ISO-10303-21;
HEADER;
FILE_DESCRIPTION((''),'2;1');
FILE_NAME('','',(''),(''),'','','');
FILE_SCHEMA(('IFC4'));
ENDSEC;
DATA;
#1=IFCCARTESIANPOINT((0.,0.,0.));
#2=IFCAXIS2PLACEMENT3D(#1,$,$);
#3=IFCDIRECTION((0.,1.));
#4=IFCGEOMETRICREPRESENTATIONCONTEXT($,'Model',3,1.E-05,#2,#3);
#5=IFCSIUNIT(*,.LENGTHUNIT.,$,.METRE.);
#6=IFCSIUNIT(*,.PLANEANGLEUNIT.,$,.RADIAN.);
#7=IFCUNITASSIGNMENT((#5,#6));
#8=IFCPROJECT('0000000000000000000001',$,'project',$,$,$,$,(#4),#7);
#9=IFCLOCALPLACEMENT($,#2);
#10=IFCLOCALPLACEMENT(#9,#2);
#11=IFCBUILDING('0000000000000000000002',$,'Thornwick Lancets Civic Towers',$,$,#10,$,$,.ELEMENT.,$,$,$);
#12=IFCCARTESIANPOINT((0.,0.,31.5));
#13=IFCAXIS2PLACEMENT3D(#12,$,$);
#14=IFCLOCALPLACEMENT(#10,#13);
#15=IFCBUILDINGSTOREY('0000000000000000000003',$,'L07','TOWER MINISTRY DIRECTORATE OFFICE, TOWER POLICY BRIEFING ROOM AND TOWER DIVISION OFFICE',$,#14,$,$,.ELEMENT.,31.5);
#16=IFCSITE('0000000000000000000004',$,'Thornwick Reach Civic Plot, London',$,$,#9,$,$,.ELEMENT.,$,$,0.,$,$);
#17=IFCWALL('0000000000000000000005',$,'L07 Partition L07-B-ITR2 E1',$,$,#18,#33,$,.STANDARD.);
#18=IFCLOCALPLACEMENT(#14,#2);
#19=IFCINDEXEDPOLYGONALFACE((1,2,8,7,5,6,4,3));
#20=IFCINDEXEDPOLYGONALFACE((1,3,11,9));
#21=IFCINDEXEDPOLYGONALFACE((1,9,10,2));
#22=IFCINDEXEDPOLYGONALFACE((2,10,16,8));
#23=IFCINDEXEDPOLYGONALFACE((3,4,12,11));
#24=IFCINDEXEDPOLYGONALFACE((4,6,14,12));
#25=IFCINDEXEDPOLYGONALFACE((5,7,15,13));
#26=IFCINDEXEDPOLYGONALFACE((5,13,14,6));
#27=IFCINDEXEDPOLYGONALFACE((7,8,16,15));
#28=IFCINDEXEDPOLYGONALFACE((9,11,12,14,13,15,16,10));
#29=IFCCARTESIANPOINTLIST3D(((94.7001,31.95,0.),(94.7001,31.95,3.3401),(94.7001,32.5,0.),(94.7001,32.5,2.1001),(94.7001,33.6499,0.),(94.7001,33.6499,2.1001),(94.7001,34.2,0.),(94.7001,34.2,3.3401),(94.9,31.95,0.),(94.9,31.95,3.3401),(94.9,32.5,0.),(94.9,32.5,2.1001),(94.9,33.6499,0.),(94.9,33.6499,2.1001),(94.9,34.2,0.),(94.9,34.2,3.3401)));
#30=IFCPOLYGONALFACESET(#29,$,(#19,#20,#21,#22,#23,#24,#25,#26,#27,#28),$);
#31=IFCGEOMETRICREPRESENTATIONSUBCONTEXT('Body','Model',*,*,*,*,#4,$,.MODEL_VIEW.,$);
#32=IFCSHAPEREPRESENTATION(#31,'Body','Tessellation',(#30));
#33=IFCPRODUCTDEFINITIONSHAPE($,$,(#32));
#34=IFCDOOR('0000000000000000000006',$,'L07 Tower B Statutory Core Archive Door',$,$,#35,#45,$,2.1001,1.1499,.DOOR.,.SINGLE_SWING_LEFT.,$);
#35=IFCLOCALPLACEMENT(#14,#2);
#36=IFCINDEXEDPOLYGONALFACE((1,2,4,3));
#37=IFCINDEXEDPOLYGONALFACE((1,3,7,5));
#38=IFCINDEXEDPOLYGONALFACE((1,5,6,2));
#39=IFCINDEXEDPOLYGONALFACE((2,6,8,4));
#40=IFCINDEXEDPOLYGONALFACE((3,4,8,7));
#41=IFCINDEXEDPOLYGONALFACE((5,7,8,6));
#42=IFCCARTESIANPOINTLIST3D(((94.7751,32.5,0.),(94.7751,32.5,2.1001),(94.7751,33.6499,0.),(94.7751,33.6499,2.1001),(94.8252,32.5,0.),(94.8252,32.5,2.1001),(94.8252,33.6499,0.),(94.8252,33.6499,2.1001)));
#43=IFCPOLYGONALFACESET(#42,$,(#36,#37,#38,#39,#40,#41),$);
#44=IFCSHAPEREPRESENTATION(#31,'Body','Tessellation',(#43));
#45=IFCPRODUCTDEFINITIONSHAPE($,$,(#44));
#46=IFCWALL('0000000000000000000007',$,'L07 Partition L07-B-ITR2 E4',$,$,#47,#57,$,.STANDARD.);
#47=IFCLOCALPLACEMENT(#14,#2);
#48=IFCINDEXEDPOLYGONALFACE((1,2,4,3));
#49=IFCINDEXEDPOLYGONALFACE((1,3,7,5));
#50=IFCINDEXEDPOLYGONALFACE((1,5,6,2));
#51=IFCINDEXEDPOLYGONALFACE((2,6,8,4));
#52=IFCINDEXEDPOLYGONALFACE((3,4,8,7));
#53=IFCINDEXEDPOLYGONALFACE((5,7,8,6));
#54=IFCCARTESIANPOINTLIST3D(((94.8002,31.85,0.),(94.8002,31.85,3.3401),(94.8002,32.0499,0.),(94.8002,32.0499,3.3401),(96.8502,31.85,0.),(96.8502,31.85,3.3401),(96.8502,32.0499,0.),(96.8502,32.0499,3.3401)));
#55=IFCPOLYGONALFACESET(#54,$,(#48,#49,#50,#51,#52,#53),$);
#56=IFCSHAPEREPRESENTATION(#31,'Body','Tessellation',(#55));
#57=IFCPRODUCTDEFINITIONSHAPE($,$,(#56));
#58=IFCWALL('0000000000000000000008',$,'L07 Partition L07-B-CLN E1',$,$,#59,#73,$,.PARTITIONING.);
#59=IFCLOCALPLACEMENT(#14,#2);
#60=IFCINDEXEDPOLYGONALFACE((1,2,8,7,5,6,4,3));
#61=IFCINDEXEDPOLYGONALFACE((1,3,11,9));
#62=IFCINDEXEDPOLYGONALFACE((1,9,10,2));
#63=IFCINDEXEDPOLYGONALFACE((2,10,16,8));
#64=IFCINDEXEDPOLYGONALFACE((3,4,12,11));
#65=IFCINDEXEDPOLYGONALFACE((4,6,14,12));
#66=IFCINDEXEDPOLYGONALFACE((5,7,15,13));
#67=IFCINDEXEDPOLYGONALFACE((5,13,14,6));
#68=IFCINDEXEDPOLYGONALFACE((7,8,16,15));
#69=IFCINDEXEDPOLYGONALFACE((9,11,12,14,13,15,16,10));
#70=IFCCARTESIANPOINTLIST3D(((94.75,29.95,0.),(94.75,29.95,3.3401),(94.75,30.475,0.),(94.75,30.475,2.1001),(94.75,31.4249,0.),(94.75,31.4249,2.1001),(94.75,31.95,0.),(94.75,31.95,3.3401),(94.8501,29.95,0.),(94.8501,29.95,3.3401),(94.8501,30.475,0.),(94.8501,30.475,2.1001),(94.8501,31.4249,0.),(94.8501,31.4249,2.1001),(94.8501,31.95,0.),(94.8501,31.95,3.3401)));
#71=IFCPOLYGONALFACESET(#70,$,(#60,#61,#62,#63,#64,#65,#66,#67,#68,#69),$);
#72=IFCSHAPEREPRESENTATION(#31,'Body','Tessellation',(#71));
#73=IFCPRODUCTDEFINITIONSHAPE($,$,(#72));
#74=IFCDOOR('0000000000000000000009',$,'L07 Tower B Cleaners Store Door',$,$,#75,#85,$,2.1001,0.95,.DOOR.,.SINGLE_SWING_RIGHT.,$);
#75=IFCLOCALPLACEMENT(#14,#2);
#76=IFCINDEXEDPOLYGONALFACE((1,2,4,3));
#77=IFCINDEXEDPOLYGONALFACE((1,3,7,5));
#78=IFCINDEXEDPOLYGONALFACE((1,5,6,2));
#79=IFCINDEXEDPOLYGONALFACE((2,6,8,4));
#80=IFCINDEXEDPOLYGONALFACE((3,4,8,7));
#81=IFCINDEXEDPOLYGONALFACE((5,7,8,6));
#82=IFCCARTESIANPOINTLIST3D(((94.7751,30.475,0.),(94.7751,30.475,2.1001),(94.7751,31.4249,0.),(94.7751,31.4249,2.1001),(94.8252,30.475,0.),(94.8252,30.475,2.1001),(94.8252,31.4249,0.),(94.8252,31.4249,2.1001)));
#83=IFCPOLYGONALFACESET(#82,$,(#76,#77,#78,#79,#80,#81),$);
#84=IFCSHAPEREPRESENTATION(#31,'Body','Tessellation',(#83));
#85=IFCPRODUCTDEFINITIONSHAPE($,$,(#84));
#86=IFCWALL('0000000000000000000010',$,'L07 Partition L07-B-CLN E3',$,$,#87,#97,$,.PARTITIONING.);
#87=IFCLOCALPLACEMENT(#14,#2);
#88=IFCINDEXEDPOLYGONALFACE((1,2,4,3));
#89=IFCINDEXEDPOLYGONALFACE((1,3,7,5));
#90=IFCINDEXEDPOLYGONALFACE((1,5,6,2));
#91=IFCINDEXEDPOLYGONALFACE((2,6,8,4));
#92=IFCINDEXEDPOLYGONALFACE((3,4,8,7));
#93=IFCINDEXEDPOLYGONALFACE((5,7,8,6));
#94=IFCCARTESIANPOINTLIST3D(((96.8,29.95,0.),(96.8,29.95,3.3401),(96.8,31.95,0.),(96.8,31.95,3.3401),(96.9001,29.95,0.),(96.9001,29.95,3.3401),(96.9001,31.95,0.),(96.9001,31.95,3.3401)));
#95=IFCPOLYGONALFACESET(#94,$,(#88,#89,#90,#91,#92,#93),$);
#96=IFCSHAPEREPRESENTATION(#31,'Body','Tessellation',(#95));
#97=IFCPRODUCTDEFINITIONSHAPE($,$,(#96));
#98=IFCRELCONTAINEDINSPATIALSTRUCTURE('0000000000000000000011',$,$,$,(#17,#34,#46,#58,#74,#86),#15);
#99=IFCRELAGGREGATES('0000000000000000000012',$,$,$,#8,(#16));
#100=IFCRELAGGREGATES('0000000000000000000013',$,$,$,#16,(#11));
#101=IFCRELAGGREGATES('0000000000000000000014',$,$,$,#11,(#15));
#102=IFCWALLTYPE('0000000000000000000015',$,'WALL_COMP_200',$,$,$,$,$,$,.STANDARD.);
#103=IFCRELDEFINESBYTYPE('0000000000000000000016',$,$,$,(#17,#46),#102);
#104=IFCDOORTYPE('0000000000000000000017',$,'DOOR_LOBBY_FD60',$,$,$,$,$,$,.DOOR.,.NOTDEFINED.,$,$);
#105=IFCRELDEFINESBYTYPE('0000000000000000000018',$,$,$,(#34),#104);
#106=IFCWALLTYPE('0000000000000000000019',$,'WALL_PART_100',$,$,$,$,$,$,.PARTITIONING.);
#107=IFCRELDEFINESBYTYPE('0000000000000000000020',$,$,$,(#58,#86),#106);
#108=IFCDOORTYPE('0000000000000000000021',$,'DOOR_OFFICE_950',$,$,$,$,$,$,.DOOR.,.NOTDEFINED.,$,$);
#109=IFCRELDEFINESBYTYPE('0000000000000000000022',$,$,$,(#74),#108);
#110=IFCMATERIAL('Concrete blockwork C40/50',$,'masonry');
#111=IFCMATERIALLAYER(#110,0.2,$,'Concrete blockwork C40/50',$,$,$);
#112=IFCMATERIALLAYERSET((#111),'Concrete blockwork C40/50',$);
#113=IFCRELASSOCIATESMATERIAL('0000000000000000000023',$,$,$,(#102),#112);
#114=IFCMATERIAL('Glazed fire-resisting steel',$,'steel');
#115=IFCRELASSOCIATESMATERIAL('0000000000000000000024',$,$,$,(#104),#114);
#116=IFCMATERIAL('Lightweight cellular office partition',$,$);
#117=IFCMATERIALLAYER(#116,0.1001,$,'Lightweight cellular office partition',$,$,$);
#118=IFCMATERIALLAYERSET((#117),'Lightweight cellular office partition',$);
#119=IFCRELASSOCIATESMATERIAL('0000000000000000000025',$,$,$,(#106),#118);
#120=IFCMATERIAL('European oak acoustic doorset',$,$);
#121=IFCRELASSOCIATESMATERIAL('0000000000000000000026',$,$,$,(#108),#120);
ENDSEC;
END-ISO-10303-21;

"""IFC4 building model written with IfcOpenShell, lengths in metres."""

from ifc_helpers import new_model, si_unit, direction, frame, frame_2d, origin, place, context, subcontext, project, spatial, rectangle, extrude, material, layer, layer_set, type_object, element, fill, save


model = new_model("IFC4")

# Units and contexts
model_context = context("Model", 3, precision=1e-05, world=origin(), true_north=direction((0.0, 1.0)))
body_context = subcontext(model_context, "Body", "Model", "MODEL_VIEW")
ifc_project = project(units=[si_unit("LENGTHUNIT", "METRE"), si_unit("PLANEANGLEUNIT", "RADIAN")], contexts=[model_context])

# Site, building, storey
site_placement = place(None, origin())
site = spatial("IfcSite", under=ifc_project, at=site_placement, Name="Thornwick Reach Civic Plot, London", CompositionType="ELEMENT", RefElevation=0.0)
building_placement = place(site_placement, origin())
building = spatial("IfcBuilding", under=site, at=building_placement, Name="Thornwick Lancets Civic Towers", CompositionType="ELEMENT")
storey_placement = place(building_placement, frame((0.0, 0.0, 31.5)))
storey = spatial("IfcBuildingStorey", under=building, at=storey_placement, Name="L07", Description="TOWER MINISTRY DIRECTORATE OFFICE, TOWER POLICY BRIEFING ROOM AND TOWER DIVISION OFFICE", CompositionType="ELEMENT", Elevation=31.5)

# Shared definitions
ifc_material_1 = material(Name="Concrete blockwork C40/50", Category="masonry")
ifc_layer_1 = layer(ifc_material_1, 0.2, Name="Concrete blockwork C40/50")
ifc_layer_set_1 = layer_set([ifc_layer_1], Name="Concrete blockwork C40/50")
wall_type_1 = type_object("IfcWallType", Name="WALL_COMP_200", PredefinedType="STANDARD", material=ifc_layer_set_1)

# Wall, opening, door
wall_1_placement = place(storey_placement, frame((94.8, 31.95, 0.0), z_axis=(0.0, 0.0, 1.0), x_axis=(0.0, 1.0, 0.0)))
wall_1 = element("IfcWall", 1, at=wall_1_placement, inside=storey, type_object=wall_type_1, Name="L07 Partition L07-B-ITR2 E1", PredefinedType="STANDARD", context=body_context, shape_type="SweptSolid", body=[
    extrude(rectangle(XDim=2.25, YDim=0.2, at=frame_2d((1.125, 0.0))), origin(), (0.0, 0.0, 1.0), 3.3401),
])
opening_1_placement = place(wall_1_placement, frame((0.55, 0.0, 0.0)))
opening_1 = element("IfcOpeningElement", 2, at=opening_1_placement, cuts=wall_1, PredefinedType="OPENING", context=body_context, shape_type="SweptSolid", body=[
    extrude(rectangle(XDim=1.1499, YDim=2.1001, at=frame_2d((0.575, 1.05))), frame((0.0, 0.1099, 0.0), z_axis=(0.0, -1.0, 0.0), x_axis=(1.0, 0.0, 0.0)), (0.0, 0.0, 1.0), 0.22),
])
ifc_material_2 = material(Name="Glazed fire-resisting steel", Category="steel")
door_type_1 = type_object("IfcDoorType", Name="DOOR_LOBBY_FD60", OperationType="NOTDEFINED", PredefinedType="DOOR", material=ifc_material_2)
door_1_placement = place(opening_1_placement, origin())
door_1 = element("IfcDoor", 3, at=door_1_placement, inside=storey, type_object=door_type_1, Name="L07 Tower B Statutory Core Archive Door", OperationType="SINGLE_SWING_LEFT", OverallHeight=2.1001, OverallWidth=1.1499, PredefinedType="DOOR", context=body_context, shape_type="SweptSolid", body=[
    extrude(rectangle(XDim=1.1499, YDim=2.1001, at=frame_2d((0.575, 1.05))), frame((0.0, 0.0249, 0.0), z_axis=(0.0, -1.0, 0.0), x_axis=(1.0, 0.0, 0.0)), (0.0, 0.0, 1.0), 0.05),
])
fill(opening_1, door_1)

# Wall
wall_2_placement = place(storey_placement, frame((96.8501, 31.95, 0.0), z_axis=(0.0, 0.0, 1.0), x_axis=(-1.0, 0.0, 0.0)))
element("IfcWall", 4, at=wall_2_placement, inside=storey, type_object=wall_type_1, Name="L07 Partition L07-B-ITR2 E4", PredefinedType="STANDARD", context=body_context, shape_type="SweptSolid", body=[
    extrude(rectangle(XDim=2.05, YDim=0.2, at=frame_2d((1.0249, 0.0))), origin(), (0.0, 0.0, 1.0), 3.3401),
])

# Wall, opening, door
ifc_material_3 = material(Name="Lightweight cellular office partition")
ifc_layer_2 = layer(ifc_material_3, 0.1001, Name="Lightweight cellular office partition")
ifc_layer_set_2 = layer_set([ifc_layer_2], Name="Lightweight cellular office partition")
wall_type_2 = type_object("IfcWallType", Name="WALL_PART_100", PredefinedType="PARTITIONING", material=ifc_layer_set_2)
wall_3_placement = place(storey_placement, frame((94.8, 29.95, 0.0), z_axis=(0.0, 0.0, 1.0), x_axis=(0.0, 1.0, 0.0)))
wall_3 = element("IfcWall", 5, at=wall_3_placement, inside=storey, type_object=wall_type_2, Name="L07 Partition L07-B-CLN E1", PredefinedType="PARTITIONING", context=body_context, shape_type="SweptSolid", body=[
    extrude(rectangle(XDim=2.0, YDim=0.1001, at=frame_2d((1.0, 0.0))), origin(), (0.0, 0.0, 1.0), 3.3401),
])
opening_2_placement = place(wall_3_placement, frame((0.5249, 0.0, 0.0)))
opening_2 = element("IfcOpeningElement", 6, at=opening_2_placement, cuts=wall_3, PredefinedType="OPENING", context=body_context, shape_type="SweptSolid", body=[
    extrude(rectangle(XDim=0.95, YDim=2.1001, at=frame_2d((0.4751, 1.05))), frame((0.0, 0.0601, 0.0), z_axis=(0.0, -1.0, 0.0), x_axis=(1.0, 0.0, 0.0)), (0.0, 0.0, 1.0), 0.1201),
])
ifc_material_4 = material(Name="European oak acoustic doorset")
door_type_2 = type_object("IfcDoorType", Name="DOOR_OFFICE_950", OperationType="NOTDEFINED", PredefinedType="DOOR", material=ifc_material_4)
door_2_placement = place(opening_2_placement, origin())
door_2 = element("IfcDoor", 7, at=door_2_placement, inside=storey, type_object=door_type_2, Name="L07 Tower B Cleaners Store Door", OperationType="SINGLE_SWING_RIGHT", OverallHeight=2.1001, OverallWidth=0.95, PredefinedType="DOOR", context=body_context, shape_type="SweptSolid", body=[
    extrude(rectangle(XDim=0.95, YDim=2.1001, at=frame_2d((0.4751, 1.05))), frame((0.0, 0.0249, 0.0), z_axis=(0.0, -1.0, 0.0), x_axis=(1.0, 0.0, 0.0)), (0.0, 0.0, 1.0), 0.05),
])
fill(opening_2, door_2)

# Wall
wall_4_placement = place(storey_placement, frame((96.8501, 31.95, 0.0), z_axis=(0.0, 0.0, 1.0), x_axis=(0.0, -1.0, 0.0)))
element("IfcWall", 8, at=wall_4_placement, inside=storey, type_object=wall_type_2, Name="L07 Partition L07-B-CLN E3", PredefinedType="PARTITIONING", context=body_context, shape_type="SweptSolid", body=[
    extrude(rectangle(XDim=2.0, YDim=0.1001, at=frame_2d((1.0, 0.0))), origin(), (0.0, 0.0, 1.0), 3.3401),
])

save(model, "model.ifc")
